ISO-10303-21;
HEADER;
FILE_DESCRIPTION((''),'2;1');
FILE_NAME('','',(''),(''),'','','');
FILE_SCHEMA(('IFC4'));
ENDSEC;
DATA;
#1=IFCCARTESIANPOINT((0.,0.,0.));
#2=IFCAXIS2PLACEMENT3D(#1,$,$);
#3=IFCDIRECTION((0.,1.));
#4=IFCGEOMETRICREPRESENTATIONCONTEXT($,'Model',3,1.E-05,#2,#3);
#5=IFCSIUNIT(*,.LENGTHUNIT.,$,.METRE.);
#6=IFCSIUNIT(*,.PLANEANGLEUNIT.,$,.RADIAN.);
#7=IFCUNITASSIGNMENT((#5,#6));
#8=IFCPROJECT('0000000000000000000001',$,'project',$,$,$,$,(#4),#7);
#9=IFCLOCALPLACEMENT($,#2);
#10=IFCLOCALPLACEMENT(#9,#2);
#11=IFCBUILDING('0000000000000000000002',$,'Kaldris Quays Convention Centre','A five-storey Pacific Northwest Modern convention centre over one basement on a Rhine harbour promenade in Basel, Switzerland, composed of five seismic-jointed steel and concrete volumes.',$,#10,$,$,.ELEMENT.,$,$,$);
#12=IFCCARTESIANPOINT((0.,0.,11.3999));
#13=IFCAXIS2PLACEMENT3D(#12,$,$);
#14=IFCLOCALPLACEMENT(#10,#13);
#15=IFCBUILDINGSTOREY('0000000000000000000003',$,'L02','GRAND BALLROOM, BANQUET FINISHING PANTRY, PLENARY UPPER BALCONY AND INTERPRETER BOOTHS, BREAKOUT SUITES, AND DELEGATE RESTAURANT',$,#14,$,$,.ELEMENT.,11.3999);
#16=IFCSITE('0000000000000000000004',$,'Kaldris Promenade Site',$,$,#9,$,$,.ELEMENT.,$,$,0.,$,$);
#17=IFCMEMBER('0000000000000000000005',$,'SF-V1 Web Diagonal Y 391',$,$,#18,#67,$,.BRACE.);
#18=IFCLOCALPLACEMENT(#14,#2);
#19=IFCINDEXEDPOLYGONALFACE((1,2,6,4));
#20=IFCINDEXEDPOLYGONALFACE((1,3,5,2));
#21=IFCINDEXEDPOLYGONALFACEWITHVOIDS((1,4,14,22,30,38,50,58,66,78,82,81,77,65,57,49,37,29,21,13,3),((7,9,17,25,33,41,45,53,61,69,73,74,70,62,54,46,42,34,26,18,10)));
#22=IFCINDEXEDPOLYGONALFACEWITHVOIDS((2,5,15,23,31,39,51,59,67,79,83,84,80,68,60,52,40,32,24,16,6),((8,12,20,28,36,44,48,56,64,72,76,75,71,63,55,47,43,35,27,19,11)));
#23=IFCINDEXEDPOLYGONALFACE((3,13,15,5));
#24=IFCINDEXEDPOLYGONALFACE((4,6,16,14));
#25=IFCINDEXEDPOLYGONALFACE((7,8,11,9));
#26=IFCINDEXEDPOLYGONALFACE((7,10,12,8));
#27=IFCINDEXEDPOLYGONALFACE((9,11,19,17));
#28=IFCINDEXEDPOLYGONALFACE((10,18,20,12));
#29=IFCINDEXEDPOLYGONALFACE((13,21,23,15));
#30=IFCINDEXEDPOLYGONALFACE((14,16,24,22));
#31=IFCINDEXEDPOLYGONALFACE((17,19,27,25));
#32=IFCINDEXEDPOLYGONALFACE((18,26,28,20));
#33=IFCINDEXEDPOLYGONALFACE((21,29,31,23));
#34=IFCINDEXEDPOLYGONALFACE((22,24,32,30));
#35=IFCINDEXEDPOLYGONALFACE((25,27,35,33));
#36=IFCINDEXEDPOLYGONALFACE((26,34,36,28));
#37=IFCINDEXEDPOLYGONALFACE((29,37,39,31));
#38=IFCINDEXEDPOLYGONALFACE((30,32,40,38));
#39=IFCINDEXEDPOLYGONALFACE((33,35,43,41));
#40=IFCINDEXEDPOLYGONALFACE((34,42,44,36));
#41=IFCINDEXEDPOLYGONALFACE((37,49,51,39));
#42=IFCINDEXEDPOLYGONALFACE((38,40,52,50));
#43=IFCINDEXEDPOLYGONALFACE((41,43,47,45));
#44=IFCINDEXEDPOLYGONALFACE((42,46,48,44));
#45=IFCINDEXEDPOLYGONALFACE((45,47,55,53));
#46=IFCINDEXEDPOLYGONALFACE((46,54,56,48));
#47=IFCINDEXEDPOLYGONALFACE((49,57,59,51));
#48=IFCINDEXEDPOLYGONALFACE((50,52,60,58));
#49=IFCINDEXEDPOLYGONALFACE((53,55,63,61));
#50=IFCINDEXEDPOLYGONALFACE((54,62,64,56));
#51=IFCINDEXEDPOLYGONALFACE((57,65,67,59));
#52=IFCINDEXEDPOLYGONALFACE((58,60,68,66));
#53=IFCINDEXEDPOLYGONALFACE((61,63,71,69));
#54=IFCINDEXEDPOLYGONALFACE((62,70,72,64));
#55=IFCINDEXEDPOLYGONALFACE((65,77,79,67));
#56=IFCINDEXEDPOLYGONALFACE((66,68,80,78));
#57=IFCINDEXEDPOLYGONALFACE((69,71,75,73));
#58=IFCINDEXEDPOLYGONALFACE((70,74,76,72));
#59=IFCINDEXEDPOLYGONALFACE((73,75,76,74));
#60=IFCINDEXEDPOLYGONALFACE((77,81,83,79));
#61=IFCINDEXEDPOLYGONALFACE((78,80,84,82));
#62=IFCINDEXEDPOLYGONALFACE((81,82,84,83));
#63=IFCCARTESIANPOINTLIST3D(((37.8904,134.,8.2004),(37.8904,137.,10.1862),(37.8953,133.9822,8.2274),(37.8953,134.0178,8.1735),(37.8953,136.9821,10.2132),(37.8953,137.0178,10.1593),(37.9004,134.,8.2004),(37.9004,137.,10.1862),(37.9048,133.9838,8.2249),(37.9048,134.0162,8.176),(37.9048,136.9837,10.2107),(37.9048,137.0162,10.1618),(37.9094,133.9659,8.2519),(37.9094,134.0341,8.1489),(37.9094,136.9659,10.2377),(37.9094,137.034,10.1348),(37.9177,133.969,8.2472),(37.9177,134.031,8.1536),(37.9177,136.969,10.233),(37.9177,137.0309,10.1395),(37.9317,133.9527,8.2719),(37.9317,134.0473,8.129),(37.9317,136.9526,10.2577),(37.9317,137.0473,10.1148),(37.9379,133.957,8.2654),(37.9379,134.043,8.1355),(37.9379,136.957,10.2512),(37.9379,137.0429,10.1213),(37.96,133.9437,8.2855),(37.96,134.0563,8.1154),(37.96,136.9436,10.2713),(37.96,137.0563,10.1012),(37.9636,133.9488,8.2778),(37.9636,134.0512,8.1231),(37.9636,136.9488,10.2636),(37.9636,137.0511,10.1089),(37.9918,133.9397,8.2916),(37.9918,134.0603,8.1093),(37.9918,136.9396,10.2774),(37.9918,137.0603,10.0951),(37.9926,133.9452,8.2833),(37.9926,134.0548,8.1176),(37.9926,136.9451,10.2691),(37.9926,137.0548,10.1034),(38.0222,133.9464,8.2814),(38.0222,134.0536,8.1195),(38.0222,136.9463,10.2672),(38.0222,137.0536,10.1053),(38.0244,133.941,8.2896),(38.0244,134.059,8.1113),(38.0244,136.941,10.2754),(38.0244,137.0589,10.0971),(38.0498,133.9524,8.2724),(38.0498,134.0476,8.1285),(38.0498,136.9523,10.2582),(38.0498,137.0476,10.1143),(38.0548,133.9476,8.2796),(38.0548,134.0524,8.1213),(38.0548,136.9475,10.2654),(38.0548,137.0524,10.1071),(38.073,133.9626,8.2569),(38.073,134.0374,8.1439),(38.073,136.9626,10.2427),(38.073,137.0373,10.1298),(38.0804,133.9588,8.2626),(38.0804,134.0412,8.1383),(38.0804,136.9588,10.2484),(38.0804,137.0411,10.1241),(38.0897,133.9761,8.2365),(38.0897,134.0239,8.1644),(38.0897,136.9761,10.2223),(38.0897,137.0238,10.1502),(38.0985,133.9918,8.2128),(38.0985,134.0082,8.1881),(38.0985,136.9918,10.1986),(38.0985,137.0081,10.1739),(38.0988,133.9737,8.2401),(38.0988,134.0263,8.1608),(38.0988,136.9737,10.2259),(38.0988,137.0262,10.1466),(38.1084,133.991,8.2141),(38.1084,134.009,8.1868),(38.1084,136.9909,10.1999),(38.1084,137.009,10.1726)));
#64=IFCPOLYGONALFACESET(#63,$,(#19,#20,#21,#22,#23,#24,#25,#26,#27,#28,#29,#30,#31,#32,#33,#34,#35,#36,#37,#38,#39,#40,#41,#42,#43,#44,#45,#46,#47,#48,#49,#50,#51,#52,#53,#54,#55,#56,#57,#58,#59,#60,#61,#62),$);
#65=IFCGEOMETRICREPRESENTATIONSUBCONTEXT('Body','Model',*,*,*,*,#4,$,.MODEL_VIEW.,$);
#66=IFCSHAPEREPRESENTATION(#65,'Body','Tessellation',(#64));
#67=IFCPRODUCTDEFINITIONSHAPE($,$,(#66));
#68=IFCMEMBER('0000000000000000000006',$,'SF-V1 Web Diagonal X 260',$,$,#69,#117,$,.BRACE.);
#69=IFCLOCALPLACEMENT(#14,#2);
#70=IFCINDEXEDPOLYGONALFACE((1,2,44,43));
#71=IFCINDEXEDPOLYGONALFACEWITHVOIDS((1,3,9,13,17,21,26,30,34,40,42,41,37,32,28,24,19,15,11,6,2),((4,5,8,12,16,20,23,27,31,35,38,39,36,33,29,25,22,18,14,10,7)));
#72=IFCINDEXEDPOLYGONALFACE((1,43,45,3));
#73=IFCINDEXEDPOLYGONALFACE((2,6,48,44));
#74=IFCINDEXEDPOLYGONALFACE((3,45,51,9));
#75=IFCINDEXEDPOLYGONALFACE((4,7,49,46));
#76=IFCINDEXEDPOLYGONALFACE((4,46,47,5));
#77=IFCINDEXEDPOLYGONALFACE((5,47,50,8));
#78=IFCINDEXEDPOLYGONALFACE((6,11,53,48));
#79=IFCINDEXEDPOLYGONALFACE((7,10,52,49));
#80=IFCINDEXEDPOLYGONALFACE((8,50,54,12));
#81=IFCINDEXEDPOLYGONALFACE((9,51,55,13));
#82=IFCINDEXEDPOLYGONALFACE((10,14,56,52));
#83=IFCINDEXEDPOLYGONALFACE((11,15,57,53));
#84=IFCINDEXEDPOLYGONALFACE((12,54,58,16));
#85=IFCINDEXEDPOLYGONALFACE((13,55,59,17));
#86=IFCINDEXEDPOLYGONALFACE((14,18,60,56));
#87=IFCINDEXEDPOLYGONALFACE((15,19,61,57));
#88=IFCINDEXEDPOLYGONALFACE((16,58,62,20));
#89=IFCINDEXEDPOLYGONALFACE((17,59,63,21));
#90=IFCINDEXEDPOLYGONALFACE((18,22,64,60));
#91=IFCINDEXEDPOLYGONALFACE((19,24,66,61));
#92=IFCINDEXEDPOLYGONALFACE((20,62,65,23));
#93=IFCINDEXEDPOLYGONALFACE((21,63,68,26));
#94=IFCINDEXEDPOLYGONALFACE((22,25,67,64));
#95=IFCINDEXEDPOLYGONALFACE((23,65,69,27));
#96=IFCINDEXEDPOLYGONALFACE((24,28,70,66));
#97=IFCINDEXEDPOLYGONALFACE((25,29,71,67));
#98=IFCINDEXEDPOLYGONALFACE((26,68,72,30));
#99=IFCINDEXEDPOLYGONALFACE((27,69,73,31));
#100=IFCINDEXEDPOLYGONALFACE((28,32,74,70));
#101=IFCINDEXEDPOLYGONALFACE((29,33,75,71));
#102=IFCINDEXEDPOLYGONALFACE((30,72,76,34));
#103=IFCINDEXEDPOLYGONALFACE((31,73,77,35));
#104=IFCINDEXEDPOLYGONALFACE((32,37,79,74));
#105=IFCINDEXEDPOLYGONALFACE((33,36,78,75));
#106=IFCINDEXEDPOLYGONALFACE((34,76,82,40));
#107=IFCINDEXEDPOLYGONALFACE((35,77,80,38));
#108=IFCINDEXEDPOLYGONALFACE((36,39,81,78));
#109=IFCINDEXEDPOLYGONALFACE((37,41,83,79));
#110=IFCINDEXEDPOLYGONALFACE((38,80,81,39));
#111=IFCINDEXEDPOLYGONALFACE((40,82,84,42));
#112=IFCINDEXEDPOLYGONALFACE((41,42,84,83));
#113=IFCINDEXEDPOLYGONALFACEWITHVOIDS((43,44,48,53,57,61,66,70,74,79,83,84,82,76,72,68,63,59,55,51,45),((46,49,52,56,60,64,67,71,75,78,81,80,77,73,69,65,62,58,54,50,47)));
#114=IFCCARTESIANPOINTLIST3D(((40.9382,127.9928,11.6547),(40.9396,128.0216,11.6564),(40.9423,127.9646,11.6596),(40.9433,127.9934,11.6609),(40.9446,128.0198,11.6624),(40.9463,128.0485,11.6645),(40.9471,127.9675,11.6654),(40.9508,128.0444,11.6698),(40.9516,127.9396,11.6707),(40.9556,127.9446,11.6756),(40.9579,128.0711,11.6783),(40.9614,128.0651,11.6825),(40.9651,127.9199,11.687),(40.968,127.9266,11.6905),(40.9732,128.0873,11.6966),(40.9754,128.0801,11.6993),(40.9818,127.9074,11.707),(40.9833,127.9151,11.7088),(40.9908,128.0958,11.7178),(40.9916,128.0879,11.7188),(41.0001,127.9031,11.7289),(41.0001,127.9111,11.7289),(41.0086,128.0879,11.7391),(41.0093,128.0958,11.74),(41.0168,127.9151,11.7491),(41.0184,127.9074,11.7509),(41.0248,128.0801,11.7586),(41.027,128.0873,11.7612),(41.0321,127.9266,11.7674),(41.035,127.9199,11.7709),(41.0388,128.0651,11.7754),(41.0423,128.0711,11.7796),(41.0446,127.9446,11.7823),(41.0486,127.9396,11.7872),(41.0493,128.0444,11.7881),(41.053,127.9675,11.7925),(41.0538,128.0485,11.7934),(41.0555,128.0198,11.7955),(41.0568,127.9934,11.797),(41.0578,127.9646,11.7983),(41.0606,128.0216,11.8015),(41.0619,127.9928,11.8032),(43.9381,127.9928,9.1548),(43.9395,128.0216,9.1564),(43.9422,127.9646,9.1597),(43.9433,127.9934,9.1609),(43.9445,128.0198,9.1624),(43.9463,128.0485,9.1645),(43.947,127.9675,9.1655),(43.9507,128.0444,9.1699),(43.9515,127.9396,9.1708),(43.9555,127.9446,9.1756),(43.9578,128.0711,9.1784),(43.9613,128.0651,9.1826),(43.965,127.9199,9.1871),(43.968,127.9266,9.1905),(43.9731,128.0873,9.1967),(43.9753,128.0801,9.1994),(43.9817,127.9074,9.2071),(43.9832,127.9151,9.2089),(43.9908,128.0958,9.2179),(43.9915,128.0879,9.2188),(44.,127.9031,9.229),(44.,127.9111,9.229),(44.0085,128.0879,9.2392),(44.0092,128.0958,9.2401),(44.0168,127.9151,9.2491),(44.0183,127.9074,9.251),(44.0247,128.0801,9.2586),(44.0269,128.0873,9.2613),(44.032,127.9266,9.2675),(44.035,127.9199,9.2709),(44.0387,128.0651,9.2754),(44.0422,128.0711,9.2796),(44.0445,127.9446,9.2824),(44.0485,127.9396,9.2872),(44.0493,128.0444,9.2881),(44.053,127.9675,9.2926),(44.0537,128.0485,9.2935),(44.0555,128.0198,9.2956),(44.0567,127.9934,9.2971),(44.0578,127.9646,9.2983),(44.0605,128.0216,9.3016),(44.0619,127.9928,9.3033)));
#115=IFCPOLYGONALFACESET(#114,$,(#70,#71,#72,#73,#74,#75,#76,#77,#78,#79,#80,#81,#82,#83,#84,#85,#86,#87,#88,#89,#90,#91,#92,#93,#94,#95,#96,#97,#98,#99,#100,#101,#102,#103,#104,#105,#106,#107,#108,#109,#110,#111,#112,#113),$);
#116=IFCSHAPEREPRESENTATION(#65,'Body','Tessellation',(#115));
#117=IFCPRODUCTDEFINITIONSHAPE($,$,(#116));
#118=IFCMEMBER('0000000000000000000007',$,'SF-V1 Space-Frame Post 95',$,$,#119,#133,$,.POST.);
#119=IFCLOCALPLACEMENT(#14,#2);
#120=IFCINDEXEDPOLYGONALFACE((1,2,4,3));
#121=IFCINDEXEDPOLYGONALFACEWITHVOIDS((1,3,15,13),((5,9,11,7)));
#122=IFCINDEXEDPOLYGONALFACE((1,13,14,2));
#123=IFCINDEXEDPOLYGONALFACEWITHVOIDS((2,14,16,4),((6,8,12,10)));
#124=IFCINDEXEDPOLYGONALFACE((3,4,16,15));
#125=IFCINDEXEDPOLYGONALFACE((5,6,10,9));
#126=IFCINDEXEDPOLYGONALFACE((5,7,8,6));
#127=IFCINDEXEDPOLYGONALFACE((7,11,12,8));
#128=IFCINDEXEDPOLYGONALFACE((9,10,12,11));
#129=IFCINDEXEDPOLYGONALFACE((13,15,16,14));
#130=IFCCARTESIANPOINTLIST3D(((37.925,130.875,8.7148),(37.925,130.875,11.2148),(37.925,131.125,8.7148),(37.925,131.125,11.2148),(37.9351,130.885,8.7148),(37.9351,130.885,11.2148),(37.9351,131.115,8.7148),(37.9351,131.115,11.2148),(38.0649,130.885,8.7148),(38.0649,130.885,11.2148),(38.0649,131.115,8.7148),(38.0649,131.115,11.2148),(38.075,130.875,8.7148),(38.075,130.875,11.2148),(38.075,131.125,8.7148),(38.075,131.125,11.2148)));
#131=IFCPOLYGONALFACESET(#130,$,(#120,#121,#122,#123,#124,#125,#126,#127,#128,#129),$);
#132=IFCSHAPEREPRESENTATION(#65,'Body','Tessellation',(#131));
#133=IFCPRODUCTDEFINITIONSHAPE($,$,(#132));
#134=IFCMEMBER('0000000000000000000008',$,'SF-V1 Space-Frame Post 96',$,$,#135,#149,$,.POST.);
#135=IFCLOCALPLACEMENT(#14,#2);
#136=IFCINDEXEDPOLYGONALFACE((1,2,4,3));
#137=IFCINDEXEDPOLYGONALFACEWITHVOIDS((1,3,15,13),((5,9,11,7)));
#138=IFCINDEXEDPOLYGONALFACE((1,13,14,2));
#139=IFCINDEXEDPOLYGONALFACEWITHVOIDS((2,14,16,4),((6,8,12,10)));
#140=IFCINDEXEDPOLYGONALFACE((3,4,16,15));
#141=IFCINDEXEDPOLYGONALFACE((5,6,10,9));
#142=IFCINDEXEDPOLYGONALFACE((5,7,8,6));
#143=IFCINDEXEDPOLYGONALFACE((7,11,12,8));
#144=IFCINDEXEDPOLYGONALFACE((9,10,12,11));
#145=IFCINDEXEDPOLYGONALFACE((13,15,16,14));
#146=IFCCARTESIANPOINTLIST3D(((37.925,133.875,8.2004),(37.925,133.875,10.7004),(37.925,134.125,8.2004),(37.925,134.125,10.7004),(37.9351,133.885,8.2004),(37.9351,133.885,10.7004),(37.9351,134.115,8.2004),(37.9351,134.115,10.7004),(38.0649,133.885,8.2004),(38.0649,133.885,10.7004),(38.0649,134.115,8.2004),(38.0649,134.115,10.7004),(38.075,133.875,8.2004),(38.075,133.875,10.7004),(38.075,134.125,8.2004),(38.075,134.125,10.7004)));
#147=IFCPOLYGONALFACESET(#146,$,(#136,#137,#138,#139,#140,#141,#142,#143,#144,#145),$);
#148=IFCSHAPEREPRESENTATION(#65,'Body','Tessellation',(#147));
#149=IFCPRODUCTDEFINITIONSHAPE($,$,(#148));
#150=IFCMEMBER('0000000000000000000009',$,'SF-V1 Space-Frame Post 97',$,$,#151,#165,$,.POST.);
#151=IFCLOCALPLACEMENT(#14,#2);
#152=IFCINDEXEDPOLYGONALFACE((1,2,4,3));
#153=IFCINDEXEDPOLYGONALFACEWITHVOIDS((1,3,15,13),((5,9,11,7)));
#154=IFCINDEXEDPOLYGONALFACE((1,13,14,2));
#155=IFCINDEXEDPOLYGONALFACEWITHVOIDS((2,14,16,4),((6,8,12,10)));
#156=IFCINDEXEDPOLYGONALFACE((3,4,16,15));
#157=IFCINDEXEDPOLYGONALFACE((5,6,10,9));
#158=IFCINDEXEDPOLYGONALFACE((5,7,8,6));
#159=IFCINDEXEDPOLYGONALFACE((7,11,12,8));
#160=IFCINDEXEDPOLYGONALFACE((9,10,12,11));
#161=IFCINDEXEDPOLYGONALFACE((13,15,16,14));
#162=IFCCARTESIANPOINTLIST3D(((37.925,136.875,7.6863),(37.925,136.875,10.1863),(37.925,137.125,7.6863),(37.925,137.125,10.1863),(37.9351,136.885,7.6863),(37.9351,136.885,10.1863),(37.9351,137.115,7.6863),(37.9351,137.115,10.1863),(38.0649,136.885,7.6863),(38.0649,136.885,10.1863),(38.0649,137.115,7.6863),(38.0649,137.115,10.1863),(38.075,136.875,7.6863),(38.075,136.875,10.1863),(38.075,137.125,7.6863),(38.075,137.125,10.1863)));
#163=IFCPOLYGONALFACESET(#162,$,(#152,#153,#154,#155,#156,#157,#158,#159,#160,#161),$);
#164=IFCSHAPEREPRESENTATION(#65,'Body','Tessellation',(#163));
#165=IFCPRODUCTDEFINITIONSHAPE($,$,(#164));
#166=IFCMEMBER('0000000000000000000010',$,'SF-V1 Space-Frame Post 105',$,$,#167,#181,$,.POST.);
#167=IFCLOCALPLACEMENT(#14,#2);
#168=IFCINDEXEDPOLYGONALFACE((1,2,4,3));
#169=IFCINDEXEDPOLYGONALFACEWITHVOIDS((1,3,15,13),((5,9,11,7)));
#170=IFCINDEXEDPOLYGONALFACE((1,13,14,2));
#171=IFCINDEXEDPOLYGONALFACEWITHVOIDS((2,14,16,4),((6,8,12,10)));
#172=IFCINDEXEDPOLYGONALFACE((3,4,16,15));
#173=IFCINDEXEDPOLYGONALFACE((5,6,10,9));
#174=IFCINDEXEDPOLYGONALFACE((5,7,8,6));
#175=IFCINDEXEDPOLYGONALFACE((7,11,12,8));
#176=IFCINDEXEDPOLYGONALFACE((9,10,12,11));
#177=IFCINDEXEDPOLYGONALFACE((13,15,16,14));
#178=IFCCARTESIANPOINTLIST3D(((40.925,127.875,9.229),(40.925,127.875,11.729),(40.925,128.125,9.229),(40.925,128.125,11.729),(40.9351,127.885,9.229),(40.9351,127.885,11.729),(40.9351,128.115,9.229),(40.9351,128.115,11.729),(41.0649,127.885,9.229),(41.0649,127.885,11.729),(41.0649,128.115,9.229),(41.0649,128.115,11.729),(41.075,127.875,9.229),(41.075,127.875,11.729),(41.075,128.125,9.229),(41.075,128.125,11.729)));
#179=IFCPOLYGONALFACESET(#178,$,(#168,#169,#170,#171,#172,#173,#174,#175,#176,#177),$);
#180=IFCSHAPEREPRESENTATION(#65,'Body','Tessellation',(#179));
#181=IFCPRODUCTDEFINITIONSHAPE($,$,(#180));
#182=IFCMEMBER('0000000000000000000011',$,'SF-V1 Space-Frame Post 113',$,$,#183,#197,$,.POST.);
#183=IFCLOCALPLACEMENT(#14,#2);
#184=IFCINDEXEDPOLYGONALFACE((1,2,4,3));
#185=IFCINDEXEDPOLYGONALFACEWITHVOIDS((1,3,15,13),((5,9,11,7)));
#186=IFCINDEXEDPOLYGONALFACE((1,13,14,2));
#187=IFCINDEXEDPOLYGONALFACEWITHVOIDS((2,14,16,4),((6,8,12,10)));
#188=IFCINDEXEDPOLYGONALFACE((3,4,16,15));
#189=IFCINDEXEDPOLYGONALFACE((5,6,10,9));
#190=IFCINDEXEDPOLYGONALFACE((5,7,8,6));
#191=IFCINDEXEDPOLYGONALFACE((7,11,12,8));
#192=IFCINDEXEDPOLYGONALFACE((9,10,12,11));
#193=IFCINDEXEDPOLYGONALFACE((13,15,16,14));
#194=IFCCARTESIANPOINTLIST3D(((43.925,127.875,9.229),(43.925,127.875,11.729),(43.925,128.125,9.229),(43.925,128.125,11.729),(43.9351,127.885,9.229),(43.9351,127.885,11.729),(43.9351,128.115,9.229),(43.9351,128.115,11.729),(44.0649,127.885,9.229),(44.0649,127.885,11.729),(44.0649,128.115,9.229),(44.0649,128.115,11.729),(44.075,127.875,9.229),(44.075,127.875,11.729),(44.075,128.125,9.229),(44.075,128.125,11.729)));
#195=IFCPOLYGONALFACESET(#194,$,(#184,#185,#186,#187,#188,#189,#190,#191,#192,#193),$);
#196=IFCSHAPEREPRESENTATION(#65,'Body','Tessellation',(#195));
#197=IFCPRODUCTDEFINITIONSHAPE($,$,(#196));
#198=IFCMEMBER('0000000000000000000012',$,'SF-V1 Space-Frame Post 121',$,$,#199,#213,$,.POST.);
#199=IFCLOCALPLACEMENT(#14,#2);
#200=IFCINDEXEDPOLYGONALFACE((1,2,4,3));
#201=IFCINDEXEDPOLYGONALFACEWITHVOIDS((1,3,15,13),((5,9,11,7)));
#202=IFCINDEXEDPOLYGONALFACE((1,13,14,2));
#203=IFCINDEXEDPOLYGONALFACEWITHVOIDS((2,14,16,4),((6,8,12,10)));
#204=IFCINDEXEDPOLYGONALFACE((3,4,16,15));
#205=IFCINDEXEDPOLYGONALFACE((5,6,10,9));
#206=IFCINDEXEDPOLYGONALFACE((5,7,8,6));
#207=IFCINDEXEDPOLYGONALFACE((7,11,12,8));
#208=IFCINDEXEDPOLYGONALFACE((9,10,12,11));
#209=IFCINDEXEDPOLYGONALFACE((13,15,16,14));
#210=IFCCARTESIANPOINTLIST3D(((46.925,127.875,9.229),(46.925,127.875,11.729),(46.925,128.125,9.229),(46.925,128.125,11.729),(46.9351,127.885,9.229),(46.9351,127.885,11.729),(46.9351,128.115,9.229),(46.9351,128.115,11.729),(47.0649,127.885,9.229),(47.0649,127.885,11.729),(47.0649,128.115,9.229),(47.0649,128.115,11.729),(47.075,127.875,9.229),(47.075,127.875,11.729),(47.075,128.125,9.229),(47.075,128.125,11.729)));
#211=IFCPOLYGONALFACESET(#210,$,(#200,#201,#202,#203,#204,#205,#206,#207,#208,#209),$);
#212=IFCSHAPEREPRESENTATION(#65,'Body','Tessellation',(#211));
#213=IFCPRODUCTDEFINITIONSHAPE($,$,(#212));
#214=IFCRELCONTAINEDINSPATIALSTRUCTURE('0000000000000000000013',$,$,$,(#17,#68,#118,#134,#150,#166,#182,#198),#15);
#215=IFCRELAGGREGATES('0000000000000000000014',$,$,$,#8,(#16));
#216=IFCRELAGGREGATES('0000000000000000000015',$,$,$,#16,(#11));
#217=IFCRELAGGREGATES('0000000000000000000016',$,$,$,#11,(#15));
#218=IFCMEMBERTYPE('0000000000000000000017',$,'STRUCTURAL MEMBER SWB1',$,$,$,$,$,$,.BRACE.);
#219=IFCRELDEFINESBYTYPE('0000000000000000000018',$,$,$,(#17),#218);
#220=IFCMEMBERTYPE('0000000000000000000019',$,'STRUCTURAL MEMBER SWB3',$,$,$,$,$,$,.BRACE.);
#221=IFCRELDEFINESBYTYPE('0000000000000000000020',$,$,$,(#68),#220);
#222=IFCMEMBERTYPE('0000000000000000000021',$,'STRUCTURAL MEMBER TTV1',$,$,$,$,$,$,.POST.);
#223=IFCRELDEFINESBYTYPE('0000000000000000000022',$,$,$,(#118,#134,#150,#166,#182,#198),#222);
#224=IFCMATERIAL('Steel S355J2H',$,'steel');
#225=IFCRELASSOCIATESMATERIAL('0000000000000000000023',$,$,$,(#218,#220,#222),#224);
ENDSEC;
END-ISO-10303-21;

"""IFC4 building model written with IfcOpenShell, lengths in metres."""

from ifc_helpers import new_model, si_unit, direction, frame, origin, origin_2d, place, context, subcontext, project, spatial, hollow_rectangle, hollow_circle, extrude, material, material_profile, profile_set, type_object, element, save


model = new_model("IFC4")

# Units and contexts
model_context = context("Model", 3, precision=1e-05, world=origin(), true_north=direction((0.0, 1.0)))
body_context = subcontext(model_context, "Body", "Model", "MODEL_VIEW")
ifc_project = project(units=[si_unit("LENGTHUNIT", "METRE"), si_unit("PLANEANGLEUNIT", "RADIAN")], contexts=[model_context])

# Site, building, storey
site_placement = place(None, origin())
site = spatial("IfcSite", under=ifc_project, at=site_placement, Name="Kaldris Promenade Site", CompositionType="ELEMENT", RefElevation=0.0)
building_placement = place(site_placement, origin())
building = spatial("IfcBuilding", under=site, at=building_placement, Name="Kaldris Quays Convention Centre", Description="A five-storey Pacific Northwest Modern convention centre over one basement on a Rhine harbour promenade in Basel, Switzerland, composed of five seismic-jointed steel and concrete volumes.", CompositionType="ELEMENT")
storey_placement = place(building_placement, frame((0.0, 0.0, 11.3999)))
storey = spatial("IfcBuildingStorey", under=building, at=storey_placement, Name="L02", Description="GRAND BALLROOM, BANQUET FINISHING PANTRY, PLENARY UPPER BALCONY AND INTERPRETER BOOTHS, BREAKOUT SUITES, AND DELEGATE RESTAURANT", CompositionType="ELEMENT", Elevation=11.3999)

# Members
ifc_material = material(Name="Steel S355J2H", Category="steel")
ifc_material_profile_1 = material_profile(ifc_material, hollow_circle(Radius=0.1096, WallThickness=0.01, at=origin_2d()), Name="CHS 219.1x10")
ifc_profile_set_1 = profile_set([ifc_material_profile_1], Name="Steel S355J2H")
member_type_1 = type_object("IfcMemberType", Name="STRUCTURAL MEMBER SWB1", PredefinedType="BRACE", material=ifc_profile_set_1)
member_1_placement = place(storey_placement, frame((38.0, 134.0, 8.2004), z_axis=(0.0, 0.833862, 0.551972), x_axis=(-1.0, 0.0, 0.0)))
element("IfcMember", 1, at=member_1_placement, inside=storey, type_object=member_type_1, Name="SF-V1 Web Diagonal Y 391", PredefinedType="BRACE", context=body_context, shape_type="SweptSolid", body=[
    extrude(hollow_circle(Radius=0.1096, WallThickness=0.01, at=origin_2d()), origin(), (0.0, 0.0, 1.0), 3.5977),
])
ifc_material_profile_2 = material_profile(ifc_material, hollow_circle(Radius=0.0969, WallThickness=0.0081, at=origin_2d()), Name="CHS 193.7x8")
ifc_profile_set_2 = profile_set([ifc_material_profile_2], Name="Steel S355J2H")
member_type_2 = type_object("IfcMemberType", Name="STRUCTURAL MEMBER SWB3", PredefinedType="BRACE", material=ifc_profile_set_2)
member_2_placement = place(storey_placement, frame((44.0, 128.0, 9.229), z_axis=(-0.768221, 0.0, 0.640184), x_axis=(0.0, -1.0, 0.0)))
element("IfcMember", 2, at=member_2_placement, inside=storey, type_object=member_type_2, Name="SF-V1 Web Diagonal X 260", PredefinedType="BRACE", context=body_context, shape_type="SweptSolid", body=[
    extrude(hollow_circle(Radius=0.0969, WallThickness=0.0081, at=origin_2d()), origin(), (0.0, 0.0, 1.0), 3.905),
])
ifc_material_profile_3 = material_profile(ifc_material, hollow_rectangle(XDim=0.1499, YDim=0.25, WallThickness=0.01, at=origin_2d()), Name="RHS 250x150x10")
ifc_profile_set_3 = profile_set([ifc_material_profile_3], Name="Steel S355J2H")
member_type_3 = type_object("IfcMemberType", Name="STRUCTURAL MEMBER TTV1", PredefinedType="POST", material=ifc_profile_set_3)
for number, where, z_axis, x_axis, name in (
    (3, (38.0, 131.0, 8.7148), (0.0, 0.0, 1.0), (1.0, 0.0, 0.0), "SF-V1 Space-Frame Post 95"),
    (4, (38.0, 134.0, 8.2004), (0.0, 0.0, 1.0), (1.0, 0.0, 0.0), "SF-V1 Space-Frame Post 96"),
    (5, (38.0, 137.0, 7.6863), (0.0, 0.0, 1.0), (1.0, 0.0, 0.0), "SF-V1 Space-Frame Post 97"),
    (6, (41.0, 128.0, 9.229), (0.0, 0.0, 1.0), (1.0, 0.0, 0.0), "SF-V1 Space-Frame Post 105"),
    (7, (44.0, 128.0, 9.229), (0.0, 0.0, 1.0), (1.0, 0.0, 0.0), "SF-V1 Space-Frame Post 113"),
    (8, (47.0, 128.0, 9.229), (0.0, 0.0, 1.0), (1.0, 0.0, 0.0), "SF-V1 Space-Frame Post 121"),
):
    element("IfcMember", number, at=place(storey_placement, frame(where, z_axis=z_axis, x_axis=x_axis)), inside=storey, type_object=member_type_3, Name=name, PredefinedType="POST", context=body_context, shape_type="SweptSolid", body=[
        extrude(hollow_rectangle(XDim=0.1499, YDim=0.25, WallThickness=0.01, at=origin_2d()), origin(), (0.0, 0.0, 1.0), 2.5),
    ])

save(model, "model.ifc")
